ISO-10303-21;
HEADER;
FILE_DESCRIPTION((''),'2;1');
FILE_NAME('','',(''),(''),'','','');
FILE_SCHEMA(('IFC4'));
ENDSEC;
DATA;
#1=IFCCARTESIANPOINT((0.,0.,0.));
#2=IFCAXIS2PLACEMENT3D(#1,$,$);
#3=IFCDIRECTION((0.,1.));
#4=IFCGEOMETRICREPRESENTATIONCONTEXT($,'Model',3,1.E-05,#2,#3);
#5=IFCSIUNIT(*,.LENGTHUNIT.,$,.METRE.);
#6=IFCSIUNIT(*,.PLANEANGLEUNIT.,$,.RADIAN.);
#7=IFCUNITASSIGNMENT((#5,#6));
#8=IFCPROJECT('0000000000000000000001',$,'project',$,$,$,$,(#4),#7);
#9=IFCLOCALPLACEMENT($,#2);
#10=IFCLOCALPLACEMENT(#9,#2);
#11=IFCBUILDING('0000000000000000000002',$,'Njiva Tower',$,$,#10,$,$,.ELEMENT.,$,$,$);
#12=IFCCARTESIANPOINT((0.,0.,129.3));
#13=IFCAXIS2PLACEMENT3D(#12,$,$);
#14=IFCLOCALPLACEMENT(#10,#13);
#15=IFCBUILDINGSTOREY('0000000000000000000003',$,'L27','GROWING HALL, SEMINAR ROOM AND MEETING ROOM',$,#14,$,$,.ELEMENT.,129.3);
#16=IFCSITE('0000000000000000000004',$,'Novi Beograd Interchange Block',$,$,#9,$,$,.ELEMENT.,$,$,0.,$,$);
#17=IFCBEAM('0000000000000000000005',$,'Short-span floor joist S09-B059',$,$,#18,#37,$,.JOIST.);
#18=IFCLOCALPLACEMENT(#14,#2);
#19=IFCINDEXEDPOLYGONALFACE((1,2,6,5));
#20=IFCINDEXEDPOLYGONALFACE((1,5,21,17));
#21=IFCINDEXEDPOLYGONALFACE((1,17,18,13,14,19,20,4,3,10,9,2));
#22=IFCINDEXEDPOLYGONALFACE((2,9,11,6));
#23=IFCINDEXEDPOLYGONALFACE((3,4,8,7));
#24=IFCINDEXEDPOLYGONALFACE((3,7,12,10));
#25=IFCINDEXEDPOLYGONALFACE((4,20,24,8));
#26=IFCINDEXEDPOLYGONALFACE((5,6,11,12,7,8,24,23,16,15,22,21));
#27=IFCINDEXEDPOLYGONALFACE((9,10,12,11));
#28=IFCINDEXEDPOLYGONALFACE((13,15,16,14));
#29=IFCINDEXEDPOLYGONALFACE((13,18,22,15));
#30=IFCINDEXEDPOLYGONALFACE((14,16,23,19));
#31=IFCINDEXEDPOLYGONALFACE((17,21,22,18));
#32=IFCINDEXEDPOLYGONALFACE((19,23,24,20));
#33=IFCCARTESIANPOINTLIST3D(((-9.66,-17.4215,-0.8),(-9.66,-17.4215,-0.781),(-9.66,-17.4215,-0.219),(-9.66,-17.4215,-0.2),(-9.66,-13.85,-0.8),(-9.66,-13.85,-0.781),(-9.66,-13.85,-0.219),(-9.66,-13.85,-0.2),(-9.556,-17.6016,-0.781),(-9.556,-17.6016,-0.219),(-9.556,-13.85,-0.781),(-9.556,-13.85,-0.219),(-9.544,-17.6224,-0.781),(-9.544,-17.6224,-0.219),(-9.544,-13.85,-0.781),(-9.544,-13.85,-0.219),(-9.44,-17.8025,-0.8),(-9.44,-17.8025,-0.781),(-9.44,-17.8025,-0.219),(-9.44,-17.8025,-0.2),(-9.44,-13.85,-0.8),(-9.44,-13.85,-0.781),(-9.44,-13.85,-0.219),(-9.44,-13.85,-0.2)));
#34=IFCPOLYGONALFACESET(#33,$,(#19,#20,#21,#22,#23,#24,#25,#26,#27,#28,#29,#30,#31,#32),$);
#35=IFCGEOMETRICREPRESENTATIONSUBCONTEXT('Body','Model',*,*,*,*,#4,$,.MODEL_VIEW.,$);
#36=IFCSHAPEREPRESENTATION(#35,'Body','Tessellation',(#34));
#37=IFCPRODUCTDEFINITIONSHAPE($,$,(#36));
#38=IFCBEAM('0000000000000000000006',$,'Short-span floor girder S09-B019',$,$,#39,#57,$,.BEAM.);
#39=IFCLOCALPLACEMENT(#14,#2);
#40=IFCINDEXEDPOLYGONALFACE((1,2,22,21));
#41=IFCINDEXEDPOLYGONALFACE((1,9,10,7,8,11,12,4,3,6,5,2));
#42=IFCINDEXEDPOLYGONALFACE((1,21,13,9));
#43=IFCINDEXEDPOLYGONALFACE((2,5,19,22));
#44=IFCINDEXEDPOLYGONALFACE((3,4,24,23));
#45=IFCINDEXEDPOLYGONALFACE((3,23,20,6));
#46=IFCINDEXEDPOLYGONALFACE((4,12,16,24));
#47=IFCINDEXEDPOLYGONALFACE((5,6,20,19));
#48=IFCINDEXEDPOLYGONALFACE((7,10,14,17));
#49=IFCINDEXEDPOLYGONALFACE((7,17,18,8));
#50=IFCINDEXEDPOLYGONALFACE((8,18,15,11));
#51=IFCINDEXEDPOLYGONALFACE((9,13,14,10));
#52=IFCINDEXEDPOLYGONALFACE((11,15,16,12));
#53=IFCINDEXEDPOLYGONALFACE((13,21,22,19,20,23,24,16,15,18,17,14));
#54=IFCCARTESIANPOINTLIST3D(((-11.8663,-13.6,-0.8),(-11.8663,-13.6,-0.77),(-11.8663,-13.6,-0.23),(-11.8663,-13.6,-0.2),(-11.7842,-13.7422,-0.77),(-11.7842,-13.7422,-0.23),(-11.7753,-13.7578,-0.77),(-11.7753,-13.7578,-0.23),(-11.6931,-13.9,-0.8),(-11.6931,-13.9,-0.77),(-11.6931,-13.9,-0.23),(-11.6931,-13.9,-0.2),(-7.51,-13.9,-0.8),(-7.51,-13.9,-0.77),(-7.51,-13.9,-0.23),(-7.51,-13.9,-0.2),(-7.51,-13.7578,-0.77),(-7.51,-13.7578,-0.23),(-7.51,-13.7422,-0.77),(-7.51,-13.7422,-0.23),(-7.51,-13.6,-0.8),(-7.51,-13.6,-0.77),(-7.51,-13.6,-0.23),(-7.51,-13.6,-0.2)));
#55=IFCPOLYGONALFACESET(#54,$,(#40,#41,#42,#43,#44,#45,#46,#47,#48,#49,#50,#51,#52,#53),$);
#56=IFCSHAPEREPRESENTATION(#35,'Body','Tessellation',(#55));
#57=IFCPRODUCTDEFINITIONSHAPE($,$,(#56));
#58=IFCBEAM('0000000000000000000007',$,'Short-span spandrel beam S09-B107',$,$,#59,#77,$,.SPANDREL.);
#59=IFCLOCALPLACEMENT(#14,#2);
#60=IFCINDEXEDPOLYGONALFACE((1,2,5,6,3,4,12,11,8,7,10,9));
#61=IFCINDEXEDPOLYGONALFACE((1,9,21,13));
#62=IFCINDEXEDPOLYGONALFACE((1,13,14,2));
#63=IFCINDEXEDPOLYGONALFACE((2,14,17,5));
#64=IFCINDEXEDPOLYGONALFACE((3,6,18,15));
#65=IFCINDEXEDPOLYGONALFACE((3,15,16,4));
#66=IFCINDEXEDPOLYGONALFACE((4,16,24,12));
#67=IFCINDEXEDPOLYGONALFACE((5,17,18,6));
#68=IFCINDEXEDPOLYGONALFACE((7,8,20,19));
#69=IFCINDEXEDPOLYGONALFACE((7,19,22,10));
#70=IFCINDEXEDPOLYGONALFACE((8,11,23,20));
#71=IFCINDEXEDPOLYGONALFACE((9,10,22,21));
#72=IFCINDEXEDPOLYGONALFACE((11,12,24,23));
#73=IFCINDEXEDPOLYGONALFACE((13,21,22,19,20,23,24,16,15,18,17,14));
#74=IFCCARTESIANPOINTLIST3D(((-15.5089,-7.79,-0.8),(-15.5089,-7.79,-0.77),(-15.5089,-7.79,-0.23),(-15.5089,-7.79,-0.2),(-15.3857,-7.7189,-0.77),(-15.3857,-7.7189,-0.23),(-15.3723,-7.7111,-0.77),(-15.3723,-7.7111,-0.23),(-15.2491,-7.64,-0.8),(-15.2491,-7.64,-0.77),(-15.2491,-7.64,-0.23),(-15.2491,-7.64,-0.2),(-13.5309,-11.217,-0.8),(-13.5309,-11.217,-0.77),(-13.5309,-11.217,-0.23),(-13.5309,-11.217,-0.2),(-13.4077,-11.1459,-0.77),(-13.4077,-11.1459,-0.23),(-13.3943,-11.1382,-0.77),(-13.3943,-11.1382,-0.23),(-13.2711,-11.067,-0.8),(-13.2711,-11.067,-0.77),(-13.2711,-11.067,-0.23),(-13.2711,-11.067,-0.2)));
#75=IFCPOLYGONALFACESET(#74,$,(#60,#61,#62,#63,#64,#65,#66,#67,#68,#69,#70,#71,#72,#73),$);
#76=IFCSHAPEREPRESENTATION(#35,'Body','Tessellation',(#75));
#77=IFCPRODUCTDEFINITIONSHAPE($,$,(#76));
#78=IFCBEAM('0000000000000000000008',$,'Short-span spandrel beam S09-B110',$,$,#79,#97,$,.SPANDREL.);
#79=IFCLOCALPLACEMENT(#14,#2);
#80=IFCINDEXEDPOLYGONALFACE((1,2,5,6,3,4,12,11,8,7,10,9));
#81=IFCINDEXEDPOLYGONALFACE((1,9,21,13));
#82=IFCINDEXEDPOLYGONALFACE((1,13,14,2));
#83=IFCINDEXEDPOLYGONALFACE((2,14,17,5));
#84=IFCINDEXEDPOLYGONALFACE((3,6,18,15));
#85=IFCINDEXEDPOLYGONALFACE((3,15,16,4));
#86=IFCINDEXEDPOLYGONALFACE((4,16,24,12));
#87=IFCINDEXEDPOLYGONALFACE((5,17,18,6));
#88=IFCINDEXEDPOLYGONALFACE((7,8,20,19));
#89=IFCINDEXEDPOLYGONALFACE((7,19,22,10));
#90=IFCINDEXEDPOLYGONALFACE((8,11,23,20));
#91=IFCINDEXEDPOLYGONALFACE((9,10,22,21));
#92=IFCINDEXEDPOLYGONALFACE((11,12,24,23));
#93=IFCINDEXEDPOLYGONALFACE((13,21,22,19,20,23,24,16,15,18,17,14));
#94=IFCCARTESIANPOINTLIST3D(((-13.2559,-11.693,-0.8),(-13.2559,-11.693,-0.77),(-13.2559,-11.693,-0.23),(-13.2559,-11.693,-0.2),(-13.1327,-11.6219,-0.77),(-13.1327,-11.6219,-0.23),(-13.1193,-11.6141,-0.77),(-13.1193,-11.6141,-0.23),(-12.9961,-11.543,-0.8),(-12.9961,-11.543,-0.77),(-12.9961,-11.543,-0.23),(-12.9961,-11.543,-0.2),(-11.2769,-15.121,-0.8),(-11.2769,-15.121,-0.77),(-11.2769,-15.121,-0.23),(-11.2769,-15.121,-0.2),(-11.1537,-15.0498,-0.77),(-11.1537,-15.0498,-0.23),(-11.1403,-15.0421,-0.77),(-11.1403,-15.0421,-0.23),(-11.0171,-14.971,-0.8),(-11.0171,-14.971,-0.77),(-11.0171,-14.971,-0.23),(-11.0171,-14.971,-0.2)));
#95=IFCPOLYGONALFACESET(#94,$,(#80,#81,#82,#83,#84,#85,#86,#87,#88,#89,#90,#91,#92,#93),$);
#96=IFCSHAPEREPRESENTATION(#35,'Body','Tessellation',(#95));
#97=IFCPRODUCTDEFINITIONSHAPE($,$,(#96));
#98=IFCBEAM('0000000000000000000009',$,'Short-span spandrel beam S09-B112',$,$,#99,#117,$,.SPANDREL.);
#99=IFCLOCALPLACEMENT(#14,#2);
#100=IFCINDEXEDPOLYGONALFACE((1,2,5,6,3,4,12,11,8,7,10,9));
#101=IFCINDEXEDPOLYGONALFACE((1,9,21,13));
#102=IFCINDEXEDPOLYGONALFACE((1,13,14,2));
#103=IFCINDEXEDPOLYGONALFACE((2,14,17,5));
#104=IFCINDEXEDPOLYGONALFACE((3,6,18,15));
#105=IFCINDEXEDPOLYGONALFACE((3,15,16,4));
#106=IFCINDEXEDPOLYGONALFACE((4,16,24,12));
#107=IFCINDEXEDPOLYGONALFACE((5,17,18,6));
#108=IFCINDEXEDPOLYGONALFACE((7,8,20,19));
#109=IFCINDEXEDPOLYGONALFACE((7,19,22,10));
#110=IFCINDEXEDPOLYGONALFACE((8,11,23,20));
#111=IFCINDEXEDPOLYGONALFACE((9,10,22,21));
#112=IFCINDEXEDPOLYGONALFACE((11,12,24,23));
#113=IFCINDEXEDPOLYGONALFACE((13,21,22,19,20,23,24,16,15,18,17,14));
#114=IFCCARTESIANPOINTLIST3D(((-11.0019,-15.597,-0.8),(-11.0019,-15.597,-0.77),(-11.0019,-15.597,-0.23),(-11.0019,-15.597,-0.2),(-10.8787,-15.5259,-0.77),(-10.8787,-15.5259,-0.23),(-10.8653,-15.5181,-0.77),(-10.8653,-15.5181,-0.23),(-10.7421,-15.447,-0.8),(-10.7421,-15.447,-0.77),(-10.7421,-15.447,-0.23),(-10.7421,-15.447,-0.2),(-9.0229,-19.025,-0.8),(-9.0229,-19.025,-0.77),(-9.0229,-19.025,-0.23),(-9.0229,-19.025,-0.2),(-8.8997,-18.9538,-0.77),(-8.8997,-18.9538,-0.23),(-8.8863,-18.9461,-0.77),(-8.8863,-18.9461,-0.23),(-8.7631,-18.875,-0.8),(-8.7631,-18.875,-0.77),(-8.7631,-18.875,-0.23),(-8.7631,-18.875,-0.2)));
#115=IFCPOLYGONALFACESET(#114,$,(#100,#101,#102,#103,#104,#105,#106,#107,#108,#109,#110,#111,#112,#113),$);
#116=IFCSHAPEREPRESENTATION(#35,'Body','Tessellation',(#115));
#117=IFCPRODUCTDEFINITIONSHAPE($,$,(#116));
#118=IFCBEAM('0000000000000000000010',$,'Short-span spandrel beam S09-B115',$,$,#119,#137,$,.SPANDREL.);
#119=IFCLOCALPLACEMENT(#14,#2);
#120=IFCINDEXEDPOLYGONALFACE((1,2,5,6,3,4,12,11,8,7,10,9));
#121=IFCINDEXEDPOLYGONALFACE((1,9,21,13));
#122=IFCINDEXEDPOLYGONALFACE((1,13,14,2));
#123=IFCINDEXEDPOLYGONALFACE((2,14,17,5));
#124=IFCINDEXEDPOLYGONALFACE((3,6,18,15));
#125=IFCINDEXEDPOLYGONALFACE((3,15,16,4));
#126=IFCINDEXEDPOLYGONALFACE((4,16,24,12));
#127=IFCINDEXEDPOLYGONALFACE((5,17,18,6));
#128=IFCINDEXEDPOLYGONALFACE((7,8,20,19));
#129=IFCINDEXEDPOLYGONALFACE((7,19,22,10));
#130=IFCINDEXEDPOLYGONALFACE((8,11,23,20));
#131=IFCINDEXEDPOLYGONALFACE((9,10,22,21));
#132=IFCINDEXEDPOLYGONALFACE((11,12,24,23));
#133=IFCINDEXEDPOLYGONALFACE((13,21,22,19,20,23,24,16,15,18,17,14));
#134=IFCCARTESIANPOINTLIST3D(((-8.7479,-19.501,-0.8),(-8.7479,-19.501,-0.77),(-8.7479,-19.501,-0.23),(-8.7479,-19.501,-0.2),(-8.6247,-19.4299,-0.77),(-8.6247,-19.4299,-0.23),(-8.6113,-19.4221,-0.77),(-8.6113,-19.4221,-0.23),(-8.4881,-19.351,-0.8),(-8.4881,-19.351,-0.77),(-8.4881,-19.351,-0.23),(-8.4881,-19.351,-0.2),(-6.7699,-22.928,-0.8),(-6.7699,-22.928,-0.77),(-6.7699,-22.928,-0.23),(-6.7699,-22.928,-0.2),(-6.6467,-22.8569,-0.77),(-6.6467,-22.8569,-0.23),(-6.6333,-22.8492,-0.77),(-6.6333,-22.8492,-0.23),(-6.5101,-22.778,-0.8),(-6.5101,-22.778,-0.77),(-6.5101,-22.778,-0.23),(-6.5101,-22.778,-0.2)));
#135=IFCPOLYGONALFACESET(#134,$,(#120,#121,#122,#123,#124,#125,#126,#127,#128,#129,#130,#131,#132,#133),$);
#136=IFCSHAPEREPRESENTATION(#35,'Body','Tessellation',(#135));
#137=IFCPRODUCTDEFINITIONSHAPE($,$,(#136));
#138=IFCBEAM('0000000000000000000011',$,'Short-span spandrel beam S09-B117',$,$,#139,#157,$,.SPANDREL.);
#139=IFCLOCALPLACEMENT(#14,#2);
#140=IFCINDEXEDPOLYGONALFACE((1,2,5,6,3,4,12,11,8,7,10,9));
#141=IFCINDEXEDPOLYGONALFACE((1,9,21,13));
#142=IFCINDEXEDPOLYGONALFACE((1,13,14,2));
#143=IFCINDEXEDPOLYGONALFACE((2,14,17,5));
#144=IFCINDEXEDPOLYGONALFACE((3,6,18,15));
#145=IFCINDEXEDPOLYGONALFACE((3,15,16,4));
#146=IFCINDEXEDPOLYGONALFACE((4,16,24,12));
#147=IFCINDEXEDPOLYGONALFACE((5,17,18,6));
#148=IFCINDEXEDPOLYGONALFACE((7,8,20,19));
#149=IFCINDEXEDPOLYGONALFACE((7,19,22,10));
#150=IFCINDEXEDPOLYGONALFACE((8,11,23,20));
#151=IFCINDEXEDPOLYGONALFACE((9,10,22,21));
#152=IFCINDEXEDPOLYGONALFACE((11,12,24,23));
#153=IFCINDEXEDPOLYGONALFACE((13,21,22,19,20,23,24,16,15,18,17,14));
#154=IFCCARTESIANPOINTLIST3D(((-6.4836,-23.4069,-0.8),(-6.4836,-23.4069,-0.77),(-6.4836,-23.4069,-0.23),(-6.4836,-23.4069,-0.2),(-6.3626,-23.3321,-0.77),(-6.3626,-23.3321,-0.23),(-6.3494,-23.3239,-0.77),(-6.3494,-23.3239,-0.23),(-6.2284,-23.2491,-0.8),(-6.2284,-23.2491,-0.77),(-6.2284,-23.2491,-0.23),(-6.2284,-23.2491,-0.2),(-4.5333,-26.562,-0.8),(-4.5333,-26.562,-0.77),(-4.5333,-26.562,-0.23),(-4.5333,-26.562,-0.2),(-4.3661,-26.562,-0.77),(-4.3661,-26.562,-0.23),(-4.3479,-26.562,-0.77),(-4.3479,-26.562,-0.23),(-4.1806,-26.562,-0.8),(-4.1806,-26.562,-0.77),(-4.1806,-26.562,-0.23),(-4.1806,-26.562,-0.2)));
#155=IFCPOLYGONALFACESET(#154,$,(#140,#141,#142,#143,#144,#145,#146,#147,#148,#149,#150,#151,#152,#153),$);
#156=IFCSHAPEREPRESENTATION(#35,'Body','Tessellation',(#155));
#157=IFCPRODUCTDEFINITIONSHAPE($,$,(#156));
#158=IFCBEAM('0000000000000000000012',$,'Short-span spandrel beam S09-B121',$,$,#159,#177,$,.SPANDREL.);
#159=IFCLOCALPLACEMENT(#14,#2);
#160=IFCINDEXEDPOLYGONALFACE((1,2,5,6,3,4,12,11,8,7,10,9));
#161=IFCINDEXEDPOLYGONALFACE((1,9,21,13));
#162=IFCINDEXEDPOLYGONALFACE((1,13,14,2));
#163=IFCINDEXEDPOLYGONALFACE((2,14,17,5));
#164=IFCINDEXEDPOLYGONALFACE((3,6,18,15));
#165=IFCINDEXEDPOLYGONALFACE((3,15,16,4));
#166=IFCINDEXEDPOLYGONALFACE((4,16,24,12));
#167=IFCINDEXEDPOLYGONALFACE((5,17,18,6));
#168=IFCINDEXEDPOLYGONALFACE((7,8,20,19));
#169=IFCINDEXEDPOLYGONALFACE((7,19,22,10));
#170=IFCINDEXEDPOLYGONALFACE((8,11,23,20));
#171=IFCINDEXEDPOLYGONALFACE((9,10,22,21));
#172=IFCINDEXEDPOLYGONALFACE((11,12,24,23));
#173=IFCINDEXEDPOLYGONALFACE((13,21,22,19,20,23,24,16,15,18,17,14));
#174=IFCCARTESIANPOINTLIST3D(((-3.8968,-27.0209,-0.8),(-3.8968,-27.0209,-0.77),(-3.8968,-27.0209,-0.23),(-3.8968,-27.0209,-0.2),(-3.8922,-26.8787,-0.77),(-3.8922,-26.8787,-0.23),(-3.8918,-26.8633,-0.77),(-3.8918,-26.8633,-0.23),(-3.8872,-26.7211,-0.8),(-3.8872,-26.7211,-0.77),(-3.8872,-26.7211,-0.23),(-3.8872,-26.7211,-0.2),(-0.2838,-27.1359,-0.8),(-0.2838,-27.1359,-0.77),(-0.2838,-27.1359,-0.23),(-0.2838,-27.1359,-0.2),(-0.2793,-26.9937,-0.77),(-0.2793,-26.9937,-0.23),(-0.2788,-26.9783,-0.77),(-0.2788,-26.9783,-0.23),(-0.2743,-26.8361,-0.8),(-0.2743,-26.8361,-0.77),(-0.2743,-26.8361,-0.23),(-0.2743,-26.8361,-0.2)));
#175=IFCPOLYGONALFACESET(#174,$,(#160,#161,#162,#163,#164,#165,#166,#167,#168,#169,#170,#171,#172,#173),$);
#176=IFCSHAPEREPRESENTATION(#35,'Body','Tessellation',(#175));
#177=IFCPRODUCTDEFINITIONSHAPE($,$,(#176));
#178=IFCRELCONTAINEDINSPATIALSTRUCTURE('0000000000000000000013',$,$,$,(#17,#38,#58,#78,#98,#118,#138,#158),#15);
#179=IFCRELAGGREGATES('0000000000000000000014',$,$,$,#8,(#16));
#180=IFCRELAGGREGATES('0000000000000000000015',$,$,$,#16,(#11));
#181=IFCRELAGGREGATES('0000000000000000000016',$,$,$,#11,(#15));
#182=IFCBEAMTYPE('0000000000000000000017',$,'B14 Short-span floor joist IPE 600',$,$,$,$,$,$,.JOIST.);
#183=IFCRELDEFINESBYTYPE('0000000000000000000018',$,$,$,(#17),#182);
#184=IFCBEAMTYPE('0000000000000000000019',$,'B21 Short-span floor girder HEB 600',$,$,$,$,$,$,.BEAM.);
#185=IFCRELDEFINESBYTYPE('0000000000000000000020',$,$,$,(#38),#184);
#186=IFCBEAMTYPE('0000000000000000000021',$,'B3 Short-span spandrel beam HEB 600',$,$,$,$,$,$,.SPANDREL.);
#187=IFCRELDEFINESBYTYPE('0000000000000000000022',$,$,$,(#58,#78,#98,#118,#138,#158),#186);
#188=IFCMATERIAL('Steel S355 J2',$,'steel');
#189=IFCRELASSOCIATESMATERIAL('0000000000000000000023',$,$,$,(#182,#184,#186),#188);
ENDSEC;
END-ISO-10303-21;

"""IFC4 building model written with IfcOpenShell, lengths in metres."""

from ifc_helpers import new_model, si_unit, direction, frame, origin, origin_2d, place, context, subcontext, project, spatial, i_section, extrude, clip, halfspace, material, material_profile, profile_set, type_object, element, save


model = new_model("IFC4")

# Units and contexts
model_context = context("Model", 3, precision=1e-05, world=origin(), true_north=direction((0.0, 1.0)))
body_context = subcontext(model_context, "Body", "Model", "MODEL_VIEW")
ifc_project = project(units=[si_unit("LENGTHUNIT", "METRE"), si_unit("PLANEANGLEUNIT", "RADIAN")], contexts=[model_context])

# Site, building, storey
site_placement = place(None, origin())
site = spatial("IfcSite", under=ifc_project, at=site_placement, Name="Novi Beograd Interchange Block", CompositionType="ELEMENT", RefElevation=0.0)
building_placement = place(site_placement, origin())
building = spatial("IfcBuilding", under=site, at=building_placement, Name="Njiva Tower", CompositionType="ELEMENT")
storey_placement = place(building_placement, frame((0.0, 0.0, 129.3)))
storey = spatial("IfcBuildingStorey", under=building, at=storey_placement, Name="L27", Description="GROWING HALL, SEMINAR ROOM AND MEETING ROOM", CompositionType="ELEMENT", Elevation=129.3)

# Shared definitions
ifc_material_1 = material(Name="Steel S355 J2", Category="steel")

# Beams
ifc_material_profile_1 = material_profile(ifc_material_1, i_section(OverallWidth=0.22, OverallDepth=0.6, WebThickness=0.012, FlangeThickness=0.019, at=origin_2d()), Name="IPE 600")
ifc_profile_set_1 = profile_set([ifc_material_profile_1], Name="Steel S355 J2")
beam_type_1 = type_object("IfcBeamType", Name="B14 Short-span floor joist IPE 600", PredefinedType="JOIST", material=ifc_profile_set_1)
beam_1_placement = place(storey_placement, frame((-9.55, -13.85, -0.5), z_axis=(0.0, -1.0, 0.0), x_axis=(1.0, 0.0, 0.0)))
element("IfcBeam", 1, at=beam_1_placement, inside=storey, type_object=beam_type_1, Name="Short-span floor joist S09-B059", PredefinedType="JOIST", context=body_context, shape_type="Clipping", body=[
    clip(extrude(i_section(OverallWidth=0.22, OverallDepth=0.6, WebThickness=0.012, FlangeThickness=0.019, at=origin_2d()), origin(), (0.0, 0.0, 1.0), 3.973), halfspace(frame((-0.0433, 0.0, 3.687), z_axis=(-0.866027, 0.0, 0.499998), x_axis=(0.0, 1.0, 0.0)), False)),
])
ifc_material_profile_2 = material_profile(ifc_material_1, i_section(OverallWidth=0.3, OverallDepth=0.6, WebThickness=0.0155, FlangeThickness=0.03, at=origin_2d()), Name="HEB 600")
ifc_profile_set_2 = profile_set([ifc_material_profile_2], Name="Steel S355 J2")
beam_type_2 = type_object("IfcBeamType", Name="B21 Short-span floor girder HEB 600", PredefinedType="BEAM", material=ifc_profile_set_2)
beam_2_placement = place(storey_placement, frame((-11.887, -13.75, -0.5), z_axis=(1.0, 0.0, 0.0), x_axis=(0.0, 1.0, 0.0)))
element("IfcBeam", 2, at=beam_2_placement, inside=storey, type_object=beam_type_2, Name="Short-span floor girder S09-B019", PredefinedType="BEAM", context=body_context, shape_type="Clipping", body=[
    clip(extrude(i_section(OverallWidth=0.3, OverallDepth=0.6, WebThickness=0.0155, FlangeThickness=0.03, at=origin_2d()), origin(), (0.0, 0.0, 1.0), 4.377), halfspace(frame((-0.025, 0.0, 0.1217), z_axis=(-0.499998, 0.0, -0.866027), x_axis=(0.0, -1.0, 0.0)), False)),
])
ifc_material_profile_3 = material_profile(ifc_material_1, i_section(OverallWidth=0.3, OverallDepth=0.6, WebThickness=0.0155, FlangeThickness=0.03, at=origin_2d()), Name="HEB 600")
ifc_profile_set_3 = profile_set([ifc_material_profile_3], Name="Steel S355 J2")
beam_type_3 = type_object("IfcBeamType", Name="B3 Short-span spandrel beam HEB 600", PredefinedType="SPANDREL", material=ifc_profile_set_3)
beam_3_placement = place(storey_placement, frame((-15.379, -7.715, -0.5), z_axis=(0.49989, -0.866089, 0.0), x_axis=(0.866089, 0.49989, 0.0)))
element("IfcBeam", 3, at=beam_3_placement, inside=storey, type_object=beam_type_3, Name="Short-span spandrel beam S09-B107", PredefinedType="SPANDREL", context=body_context, shape_type="SweptSolid", body=[
    extrude(i_section(OverallWidth=0.3, OverallDepth=0.6, WebThickness=0.0155, FlangeThickness=0.03, at=origin_2d()), origin(), (0.0, 0.0, 1.0), 3.9569),
])
for number, where, z_axis, x_axis, name in (
    (4, (-13.126, -11.618, -0.5), (0.49997, -0.866043, 0.0), (0.866043, 0.49997, 0.0), "Short-span spandrel beam S09-B110"),
    (5, (-10.872, -15.522, -0.5), (0.49997, -0.866043, 0.0), (0.866043, 0.49997, 0.0), "Short-span spandrel beam S09-B112"),
):
    element("IfcBeam", number, at=place(storey_placement, frame(where, z_axis=z_axis, x_axis=x_axis)), inside=storey, type_object=beam_type_3, Name=name, PredefinedType="SPANDREL", context=body_context, shape_type="SweptSolid", body=[
        extrude(i_section(OverallWidth=0.3, OverallDepth=0.6, WebThickness=0.0155, FlangeThickness=0.03, at=origin_2d()), origin(), (0.0, 0.0, 1.0), 3.9582),
    ])
beam_4_placement = place(storey_placement, frame((-8.618, -19.426, -0.5), z_axis=(0.49989, -0.866089, 0.0), x_axis=(0.866089, 0.49989, 0.0)))
element("IfcBeam", 6, at=beam_4_placement, inside=storey, type_object=beam_type_3, Name="Short-span spandrel beam S09-B115", PredefinedType="SPANDREL", context=body_context, shape_type="SweptSolid", body=[
    extrude(i_section(OverallWidth=0.3, OverallDepth=0.6, WebThickness=0.0155, FlangeThickness=0.03, at=origin_2d()), origin(), (0.0, 0.0, 1.0), 3.9569),
])
beam_5_placement = place(storey_placement, frame((-6.356, -23.328, -0.5), z_axis=(0.525784, -0.850618, 0.0), x_axis=(0.850618, 0.525784, 0.0)))
element("IfcBeam", 7, at=beam_5_placement, inside=storey, type_object=beam_type_3, Name="Short-span spandrel beam S09-B117", PredefinedType="SPANDREL", context=body_context, shape_type="Clipping", body=[
    clip(extrude(i_section(OverallWidth=0.3, OverallDepth=0.6, WebThickness=0.0155, FlangeThickness=0.03, at=origin_2d()), origin(), (0.0, 0.0, 1.0), 3.9149), halfspace(frame((-0.026, 0.0, 3.7859), z_axis=(-0.525784, 0.0, 0.850618), x_axis=(0.0, 1.0, 0.0)), False)),
])
beam_6_placement = place(storey_placement, frame((-3.892, -26.871, -0.5), z_axis=(0.999494, -0.031813, 0.0), x_axis=(0.031813, 0.999494, 0.0)))
element("IfcBeam", 8, at=beam_6_placement, inside=storey, type_object=beam_type_3, Name="Short-span spandrel beam S09-B121", PredefinedType="SPANDREL", context=body_context, shape_type="SweptSolid", body=[
    extrude(i_section(OverallWidth=0.3, OverallDepth=0.6, WebThickness=0.0155, FlangeThickness=0.03, at=origin_2d()), origin(), (0.0, 0.0, 1.0), 3.6148),
])

save(model, "model.ifc")
